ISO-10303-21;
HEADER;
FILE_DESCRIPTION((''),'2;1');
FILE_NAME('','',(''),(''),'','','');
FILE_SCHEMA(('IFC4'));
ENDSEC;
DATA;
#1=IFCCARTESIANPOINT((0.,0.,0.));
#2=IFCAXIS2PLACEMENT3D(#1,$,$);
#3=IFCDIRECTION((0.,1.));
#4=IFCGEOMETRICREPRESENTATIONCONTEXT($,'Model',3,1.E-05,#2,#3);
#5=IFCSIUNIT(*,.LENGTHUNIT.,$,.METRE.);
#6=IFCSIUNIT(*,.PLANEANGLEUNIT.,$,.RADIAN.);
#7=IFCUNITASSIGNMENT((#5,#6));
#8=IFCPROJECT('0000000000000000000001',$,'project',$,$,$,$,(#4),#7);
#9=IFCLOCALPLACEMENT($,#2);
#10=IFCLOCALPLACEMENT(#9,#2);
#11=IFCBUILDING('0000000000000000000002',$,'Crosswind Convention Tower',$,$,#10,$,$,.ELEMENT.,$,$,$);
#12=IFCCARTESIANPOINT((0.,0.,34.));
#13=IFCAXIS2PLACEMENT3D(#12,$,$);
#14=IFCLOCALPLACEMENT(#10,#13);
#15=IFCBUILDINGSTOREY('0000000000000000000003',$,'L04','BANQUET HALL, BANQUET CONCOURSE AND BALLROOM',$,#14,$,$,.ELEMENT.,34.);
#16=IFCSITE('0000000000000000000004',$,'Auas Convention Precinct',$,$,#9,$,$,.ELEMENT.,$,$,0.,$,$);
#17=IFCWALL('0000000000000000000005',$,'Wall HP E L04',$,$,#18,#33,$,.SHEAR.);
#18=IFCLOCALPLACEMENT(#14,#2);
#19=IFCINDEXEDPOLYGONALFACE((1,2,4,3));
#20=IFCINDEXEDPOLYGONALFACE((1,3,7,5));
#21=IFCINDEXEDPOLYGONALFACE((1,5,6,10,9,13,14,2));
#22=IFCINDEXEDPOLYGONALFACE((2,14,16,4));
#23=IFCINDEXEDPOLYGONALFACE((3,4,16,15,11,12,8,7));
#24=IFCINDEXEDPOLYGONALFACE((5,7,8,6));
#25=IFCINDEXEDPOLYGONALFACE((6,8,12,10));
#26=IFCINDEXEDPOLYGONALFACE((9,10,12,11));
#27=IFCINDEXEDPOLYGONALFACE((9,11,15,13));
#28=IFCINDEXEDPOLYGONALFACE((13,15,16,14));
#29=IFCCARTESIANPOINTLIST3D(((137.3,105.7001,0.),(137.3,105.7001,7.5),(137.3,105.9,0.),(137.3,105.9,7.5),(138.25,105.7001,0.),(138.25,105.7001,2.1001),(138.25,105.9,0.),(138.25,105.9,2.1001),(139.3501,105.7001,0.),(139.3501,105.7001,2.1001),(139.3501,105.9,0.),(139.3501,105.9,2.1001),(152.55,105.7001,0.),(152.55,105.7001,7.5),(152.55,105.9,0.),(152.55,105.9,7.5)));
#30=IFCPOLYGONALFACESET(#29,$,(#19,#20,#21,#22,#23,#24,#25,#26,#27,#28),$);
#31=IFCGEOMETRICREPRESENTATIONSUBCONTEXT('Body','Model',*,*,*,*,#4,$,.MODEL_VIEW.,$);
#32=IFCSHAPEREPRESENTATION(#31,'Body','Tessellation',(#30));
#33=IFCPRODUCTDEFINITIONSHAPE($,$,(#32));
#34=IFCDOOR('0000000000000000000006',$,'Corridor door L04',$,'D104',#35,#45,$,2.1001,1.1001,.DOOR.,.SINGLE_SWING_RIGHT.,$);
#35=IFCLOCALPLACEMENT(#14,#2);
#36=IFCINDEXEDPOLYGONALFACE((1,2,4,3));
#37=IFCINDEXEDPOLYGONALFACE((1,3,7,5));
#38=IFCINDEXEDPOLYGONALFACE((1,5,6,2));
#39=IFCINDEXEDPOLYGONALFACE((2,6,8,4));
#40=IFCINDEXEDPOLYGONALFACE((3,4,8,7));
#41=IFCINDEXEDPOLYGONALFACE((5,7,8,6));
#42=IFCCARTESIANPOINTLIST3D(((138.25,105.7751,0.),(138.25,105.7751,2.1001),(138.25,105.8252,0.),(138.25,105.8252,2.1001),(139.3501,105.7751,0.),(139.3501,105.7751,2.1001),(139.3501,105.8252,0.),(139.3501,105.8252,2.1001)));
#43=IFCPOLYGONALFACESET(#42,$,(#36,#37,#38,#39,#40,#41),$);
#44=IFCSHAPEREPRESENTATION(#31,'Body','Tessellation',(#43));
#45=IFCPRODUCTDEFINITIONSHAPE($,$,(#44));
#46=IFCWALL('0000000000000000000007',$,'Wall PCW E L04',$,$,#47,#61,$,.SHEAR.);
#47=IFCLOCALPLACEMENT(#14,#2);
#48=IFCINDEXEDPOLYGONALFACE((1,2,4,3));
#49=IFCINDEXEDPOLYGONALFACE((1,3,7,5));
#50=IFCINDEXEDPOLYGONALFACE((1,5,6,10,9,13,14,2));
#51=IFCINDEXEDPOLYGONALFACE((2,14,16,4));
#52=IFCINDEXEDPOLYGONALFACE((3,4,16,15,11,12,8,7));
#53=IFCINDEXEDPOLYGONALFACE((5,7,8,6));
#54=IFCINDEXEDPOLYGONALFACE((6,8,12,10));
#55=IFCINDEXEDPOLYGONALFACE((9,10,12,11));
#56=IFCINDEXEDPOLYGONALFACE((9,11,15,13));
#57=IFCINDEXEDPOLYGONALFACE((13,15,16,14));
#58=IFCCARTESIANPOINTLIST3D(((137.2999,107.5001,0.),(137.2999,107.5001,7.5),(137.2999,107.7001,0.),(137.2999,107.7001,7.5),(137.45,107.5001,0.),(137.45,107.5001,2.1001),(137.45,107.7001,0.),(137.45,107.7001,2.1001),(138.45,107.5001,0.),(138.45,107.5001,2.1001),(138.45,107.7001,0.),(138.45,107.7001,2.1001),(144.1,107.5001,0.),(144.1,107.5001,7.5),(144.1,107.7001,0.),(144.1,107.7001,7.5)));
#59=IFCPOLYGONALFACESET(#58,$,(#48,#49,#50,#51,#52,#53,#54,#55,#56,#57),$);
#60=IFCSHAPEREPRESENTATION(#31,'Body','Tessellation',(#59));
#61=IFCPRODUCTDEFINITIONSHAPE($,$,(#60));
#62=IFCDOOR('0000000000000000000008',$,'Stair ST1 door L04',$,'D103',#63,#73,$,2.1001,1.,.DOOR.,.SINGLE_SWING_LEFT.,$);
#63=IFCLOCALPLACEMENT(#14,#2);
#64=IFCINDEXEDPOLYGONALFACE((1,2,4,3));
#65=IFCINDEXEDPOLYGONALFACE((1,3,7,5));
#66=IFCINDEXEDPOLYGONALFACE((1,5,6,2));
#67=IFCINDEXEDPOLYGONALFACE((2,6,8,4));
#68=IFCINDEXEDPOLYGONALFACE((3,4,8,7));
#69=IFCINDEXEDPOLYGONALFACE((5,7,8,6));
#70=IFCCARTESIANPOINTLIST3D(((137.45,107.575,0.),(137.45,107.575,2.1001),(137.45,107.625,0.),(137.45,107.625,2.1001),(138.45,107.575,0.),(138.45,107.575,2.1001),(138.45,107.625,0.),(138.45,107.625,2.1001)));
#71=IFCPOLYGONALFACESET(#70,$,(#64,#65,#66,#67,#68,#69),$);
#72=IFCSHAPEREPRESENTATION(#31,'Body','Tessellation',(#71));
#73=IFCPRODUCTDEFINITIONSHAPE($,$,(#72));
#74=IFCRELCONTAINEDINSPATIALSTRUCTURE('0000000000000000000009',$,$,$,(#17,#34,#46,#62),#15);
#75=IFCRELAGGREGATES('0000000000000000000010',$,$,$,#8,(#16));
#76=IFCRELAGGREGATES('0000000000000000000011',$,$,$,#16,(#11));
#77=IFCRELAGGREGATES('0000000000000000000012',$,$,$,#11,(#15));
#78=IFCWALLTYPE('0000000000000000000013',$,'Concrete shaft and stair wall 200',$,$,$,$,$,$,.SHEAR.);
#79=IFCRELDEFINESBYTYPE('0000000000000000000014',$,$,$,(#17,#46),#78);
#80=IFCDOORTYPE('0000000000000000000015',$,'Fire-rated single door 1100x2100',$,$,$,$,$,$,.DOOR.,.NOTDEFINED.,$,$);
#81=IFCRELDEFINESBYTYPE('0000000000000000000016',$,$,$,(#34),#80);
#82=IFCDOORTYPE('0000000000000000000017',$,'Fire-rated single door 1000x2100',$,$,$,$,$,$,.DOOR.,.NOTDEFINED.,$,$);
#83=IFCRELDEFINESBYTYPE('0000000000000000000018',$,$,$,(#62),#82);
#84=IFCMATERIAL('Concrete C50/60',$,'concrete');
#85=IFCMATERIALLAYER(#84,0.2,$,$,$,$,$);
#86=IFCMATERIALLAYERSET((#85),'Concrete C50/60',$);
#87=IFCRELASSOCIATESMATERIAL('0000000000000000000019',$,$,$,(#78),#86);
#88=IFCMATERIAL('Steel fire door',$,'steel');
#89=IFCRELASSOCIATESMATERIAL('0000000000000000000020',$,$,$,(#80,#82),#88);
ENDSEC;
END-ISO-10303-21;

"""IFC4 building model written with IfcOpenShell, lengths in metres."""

from ifc_helpers import new_model, si_unit, direction, frame, frame_2d, origin, place, context, subcontext, project, spatial, rectangle, extrude, material, layer, layer_set, type_object, element, fill, save


model = new_model("IFC4")

# Units and contexts
model_context = context("Model", 3, precision=1e-05, world=origin(), true_north=direction((0.0, 1.0)))
body_context = subcontext(model_context, "Body", "Model", "MODEL_VIEW")
ifc_project = project(units=[si_unit("LENGTHUNIT", "METRE"), si_unit("PLANEANGLEUNIT", "RADIAN")], contexts=[model_context])

# Site, building, storey
site_placement = place(None, origin())
site = spatial("IfcSite", under=ifc_project, at=site_placement, Name="Auas Convention Precinct", CompositionType="ELEMENT", RefElevation=0.0)
building_placement = place(site_placement, origin())
building = spatial("IfcBuilding", under=site, at=building_placement, Name="Crosswind Convention Tower", CompositionType="ELEMENT")
storey_placement = place(building_placement, frame((0.0, 0.0, 34.0)))
storey = spatial("IfcBuildingStorey", under=building, at=storey_placement, Name="L04", Description="BANQUET HALL, BANQUET CONCOURSE AND BALLROOM", CompositionType="ELEMENT", Elevation=34.0)

# Shared definitions
ifc_material_1 = material(Name="Concrete C50/60", Category="concrete")

# Walls, openings, doors
ifc_layer_1 = layer(ifc_material_1, 0.2)
ifc_layer_set_1 = layer_set([ifc_layer_1], Name="Concrete C50/60")
wall_type_1 = type_object("IfcWallType", Name="Concrete shaft and stair wall 200", PredefinedType="SHEAR", material=ifc_layer_set_1)
wall_1_placement = place(storey_placement, frame((137.3, 105.8, 0.0), z_axis=(0.0, 0.0, 1.0), x_axis=(1.0, 0.0, 0.0)))
wall_1 = element("IfcWall", 1, at=wall_1_placement, inside=storey, type_object=wall_type_1, Name="Wall HP E L04", PredefinedType="SHEAR", context=body_context, shape_type="SweptSolid", body=[
    extrude(rectangle(XDim=15.25, YDim=0.2, at=frame_2d((7.625, 0.0))), origin(), (0.0, 0.0, 1.0), 7.5),
])
opening_1_placement = place(wall_1_placement, frame((0.95, 0.0, 0.0)))
opening_1 = element("IfcOpeningElement", 2, at=opening_1_placement, cuts=wall_1, PredefinedType="OPENING", context=body_context, shape_type="SweptSolid", body=[
    extrude(rectangle(XDim=1.1001, YDim=2.1001, at=frame_2d((0.55, 1.05))), frame((0.0, 0.1099, 0.0), z_axis=(0.0, -1.0, 0.0), x_axis=(1.0, 0.0, 0.0)), (0.0, 0.0, 1.0), 0.22),
])
ifc_material_2 = material(Name="Steel fire door", Category="steel")
door_type_1 = type_object("IfcDoorType", Name="Fire-rated single door 1100x2100", OperationType="NOTDEFINED", PredefinedType="DOOR", material=ifc_material_2)
door_1_placement = place(opening_1_placement, frame((1.1001, 0.0, 0.0), z_axis=(0.0, 0.0, 1.0), x_axis=(-1.0, 0.0, 0.0)))
door_1 = element("IfcDoor", 3, at=door_1_placement, inside=storey, type_object=door_type_1, Name="Corridor door L04", ObjectType="D104", OperationType="SINGLE_SWING_RIGHT", OverallHeight=2.1001, OverallWidth=1.1001, PredefinedType="DOOR", context=body_context, shape_type="SweptSolid", body=[
    extrude(rectangle(XDim=1.1001, YDim=2.1001, at=frame_2d((0.55, 1.05))), frame((0.0, 0.0249, 0.0), z_axis=(0.0, -1.0, 0.0), x_axis=(1.0, 0.0, 0.0)), (0.0, 0.0, 1.0), 0.05),
])
fill(opening_1, door_1)
wall_2_placement = place(storey_placement, frame((137.3, 107.6001, 0.0), z_axis=(0.0, 0.0, 1.0), x_axis=(1.0, 0.0, 0.0)))
wall_2 = element("IfcWall", 4, at=wall_2_placement, inside=storey, type_object=wall_type_1, Name="Wall PCW E L04", PredefinedType="SHEAR", context=body_context, shape_type="SweptSolid", body=[
    extrude(rectangle(XDim=6.8, YDim=0.2, at=frame_2d((3.3999, 0.0))), origin(), (0.0, 0.0, 1.0), 7.5),
])
opening_2_placement = place(wall_2_placement, frame((0.1499, 0.0, 0.0)))
opening_2 = element("IfcOpeningElement", 5, at=opening_2_placement, cuts=wall_2, PredefinedType="OPENING", context=body_context, shape_type="SweptSolid", body=[
    extrude(rectangle(XDim=1.0, YDim=2.1001, at=frame_2d((0.5, 1.05))), frame((0.0, 0.1099, 0.0), z_axis=(0.0, -1.0, 0.0), x_axis=(1.0, 0.0, 0.0)), (0.0, 0.0, 1.0), 0.22),
])
door_type_2 = type_object("IfcDoorType", Name="Fire-rated single door 1000x2100", OperationType="NOTDEFINED", PredefinedType="DOOR", material=ifc_material_2)
door_2_placement = place(opening_2_placement, origin())
door_2 = element("IfcDoor", 6, at=door_2_placement, inside=storey, type_object=door_type_2, Name="Stair ST1 door L04", ObjectType="D103", OperationType="SINGLE_SWING_LEFT", OverallHeight=2.1001, OverallWidth=1.0, PredefinedType="DOOR", context=body_context, shape_type="SweptSolid", body=[
    extrude(rectangle(XDim=1.0, YDim=2.1001, at=frame_2d((0.5, 1.05))), frame((0.0, 0.0249, 0.0), z_axis=(0.0, -1.0, 0.0), x_axis=(1.0, 0.0, 0.0)), (0.0, 0.0, 1.0), 0.05),
])
fill(opening_2, door_2)

save(model, "model.ifc")
